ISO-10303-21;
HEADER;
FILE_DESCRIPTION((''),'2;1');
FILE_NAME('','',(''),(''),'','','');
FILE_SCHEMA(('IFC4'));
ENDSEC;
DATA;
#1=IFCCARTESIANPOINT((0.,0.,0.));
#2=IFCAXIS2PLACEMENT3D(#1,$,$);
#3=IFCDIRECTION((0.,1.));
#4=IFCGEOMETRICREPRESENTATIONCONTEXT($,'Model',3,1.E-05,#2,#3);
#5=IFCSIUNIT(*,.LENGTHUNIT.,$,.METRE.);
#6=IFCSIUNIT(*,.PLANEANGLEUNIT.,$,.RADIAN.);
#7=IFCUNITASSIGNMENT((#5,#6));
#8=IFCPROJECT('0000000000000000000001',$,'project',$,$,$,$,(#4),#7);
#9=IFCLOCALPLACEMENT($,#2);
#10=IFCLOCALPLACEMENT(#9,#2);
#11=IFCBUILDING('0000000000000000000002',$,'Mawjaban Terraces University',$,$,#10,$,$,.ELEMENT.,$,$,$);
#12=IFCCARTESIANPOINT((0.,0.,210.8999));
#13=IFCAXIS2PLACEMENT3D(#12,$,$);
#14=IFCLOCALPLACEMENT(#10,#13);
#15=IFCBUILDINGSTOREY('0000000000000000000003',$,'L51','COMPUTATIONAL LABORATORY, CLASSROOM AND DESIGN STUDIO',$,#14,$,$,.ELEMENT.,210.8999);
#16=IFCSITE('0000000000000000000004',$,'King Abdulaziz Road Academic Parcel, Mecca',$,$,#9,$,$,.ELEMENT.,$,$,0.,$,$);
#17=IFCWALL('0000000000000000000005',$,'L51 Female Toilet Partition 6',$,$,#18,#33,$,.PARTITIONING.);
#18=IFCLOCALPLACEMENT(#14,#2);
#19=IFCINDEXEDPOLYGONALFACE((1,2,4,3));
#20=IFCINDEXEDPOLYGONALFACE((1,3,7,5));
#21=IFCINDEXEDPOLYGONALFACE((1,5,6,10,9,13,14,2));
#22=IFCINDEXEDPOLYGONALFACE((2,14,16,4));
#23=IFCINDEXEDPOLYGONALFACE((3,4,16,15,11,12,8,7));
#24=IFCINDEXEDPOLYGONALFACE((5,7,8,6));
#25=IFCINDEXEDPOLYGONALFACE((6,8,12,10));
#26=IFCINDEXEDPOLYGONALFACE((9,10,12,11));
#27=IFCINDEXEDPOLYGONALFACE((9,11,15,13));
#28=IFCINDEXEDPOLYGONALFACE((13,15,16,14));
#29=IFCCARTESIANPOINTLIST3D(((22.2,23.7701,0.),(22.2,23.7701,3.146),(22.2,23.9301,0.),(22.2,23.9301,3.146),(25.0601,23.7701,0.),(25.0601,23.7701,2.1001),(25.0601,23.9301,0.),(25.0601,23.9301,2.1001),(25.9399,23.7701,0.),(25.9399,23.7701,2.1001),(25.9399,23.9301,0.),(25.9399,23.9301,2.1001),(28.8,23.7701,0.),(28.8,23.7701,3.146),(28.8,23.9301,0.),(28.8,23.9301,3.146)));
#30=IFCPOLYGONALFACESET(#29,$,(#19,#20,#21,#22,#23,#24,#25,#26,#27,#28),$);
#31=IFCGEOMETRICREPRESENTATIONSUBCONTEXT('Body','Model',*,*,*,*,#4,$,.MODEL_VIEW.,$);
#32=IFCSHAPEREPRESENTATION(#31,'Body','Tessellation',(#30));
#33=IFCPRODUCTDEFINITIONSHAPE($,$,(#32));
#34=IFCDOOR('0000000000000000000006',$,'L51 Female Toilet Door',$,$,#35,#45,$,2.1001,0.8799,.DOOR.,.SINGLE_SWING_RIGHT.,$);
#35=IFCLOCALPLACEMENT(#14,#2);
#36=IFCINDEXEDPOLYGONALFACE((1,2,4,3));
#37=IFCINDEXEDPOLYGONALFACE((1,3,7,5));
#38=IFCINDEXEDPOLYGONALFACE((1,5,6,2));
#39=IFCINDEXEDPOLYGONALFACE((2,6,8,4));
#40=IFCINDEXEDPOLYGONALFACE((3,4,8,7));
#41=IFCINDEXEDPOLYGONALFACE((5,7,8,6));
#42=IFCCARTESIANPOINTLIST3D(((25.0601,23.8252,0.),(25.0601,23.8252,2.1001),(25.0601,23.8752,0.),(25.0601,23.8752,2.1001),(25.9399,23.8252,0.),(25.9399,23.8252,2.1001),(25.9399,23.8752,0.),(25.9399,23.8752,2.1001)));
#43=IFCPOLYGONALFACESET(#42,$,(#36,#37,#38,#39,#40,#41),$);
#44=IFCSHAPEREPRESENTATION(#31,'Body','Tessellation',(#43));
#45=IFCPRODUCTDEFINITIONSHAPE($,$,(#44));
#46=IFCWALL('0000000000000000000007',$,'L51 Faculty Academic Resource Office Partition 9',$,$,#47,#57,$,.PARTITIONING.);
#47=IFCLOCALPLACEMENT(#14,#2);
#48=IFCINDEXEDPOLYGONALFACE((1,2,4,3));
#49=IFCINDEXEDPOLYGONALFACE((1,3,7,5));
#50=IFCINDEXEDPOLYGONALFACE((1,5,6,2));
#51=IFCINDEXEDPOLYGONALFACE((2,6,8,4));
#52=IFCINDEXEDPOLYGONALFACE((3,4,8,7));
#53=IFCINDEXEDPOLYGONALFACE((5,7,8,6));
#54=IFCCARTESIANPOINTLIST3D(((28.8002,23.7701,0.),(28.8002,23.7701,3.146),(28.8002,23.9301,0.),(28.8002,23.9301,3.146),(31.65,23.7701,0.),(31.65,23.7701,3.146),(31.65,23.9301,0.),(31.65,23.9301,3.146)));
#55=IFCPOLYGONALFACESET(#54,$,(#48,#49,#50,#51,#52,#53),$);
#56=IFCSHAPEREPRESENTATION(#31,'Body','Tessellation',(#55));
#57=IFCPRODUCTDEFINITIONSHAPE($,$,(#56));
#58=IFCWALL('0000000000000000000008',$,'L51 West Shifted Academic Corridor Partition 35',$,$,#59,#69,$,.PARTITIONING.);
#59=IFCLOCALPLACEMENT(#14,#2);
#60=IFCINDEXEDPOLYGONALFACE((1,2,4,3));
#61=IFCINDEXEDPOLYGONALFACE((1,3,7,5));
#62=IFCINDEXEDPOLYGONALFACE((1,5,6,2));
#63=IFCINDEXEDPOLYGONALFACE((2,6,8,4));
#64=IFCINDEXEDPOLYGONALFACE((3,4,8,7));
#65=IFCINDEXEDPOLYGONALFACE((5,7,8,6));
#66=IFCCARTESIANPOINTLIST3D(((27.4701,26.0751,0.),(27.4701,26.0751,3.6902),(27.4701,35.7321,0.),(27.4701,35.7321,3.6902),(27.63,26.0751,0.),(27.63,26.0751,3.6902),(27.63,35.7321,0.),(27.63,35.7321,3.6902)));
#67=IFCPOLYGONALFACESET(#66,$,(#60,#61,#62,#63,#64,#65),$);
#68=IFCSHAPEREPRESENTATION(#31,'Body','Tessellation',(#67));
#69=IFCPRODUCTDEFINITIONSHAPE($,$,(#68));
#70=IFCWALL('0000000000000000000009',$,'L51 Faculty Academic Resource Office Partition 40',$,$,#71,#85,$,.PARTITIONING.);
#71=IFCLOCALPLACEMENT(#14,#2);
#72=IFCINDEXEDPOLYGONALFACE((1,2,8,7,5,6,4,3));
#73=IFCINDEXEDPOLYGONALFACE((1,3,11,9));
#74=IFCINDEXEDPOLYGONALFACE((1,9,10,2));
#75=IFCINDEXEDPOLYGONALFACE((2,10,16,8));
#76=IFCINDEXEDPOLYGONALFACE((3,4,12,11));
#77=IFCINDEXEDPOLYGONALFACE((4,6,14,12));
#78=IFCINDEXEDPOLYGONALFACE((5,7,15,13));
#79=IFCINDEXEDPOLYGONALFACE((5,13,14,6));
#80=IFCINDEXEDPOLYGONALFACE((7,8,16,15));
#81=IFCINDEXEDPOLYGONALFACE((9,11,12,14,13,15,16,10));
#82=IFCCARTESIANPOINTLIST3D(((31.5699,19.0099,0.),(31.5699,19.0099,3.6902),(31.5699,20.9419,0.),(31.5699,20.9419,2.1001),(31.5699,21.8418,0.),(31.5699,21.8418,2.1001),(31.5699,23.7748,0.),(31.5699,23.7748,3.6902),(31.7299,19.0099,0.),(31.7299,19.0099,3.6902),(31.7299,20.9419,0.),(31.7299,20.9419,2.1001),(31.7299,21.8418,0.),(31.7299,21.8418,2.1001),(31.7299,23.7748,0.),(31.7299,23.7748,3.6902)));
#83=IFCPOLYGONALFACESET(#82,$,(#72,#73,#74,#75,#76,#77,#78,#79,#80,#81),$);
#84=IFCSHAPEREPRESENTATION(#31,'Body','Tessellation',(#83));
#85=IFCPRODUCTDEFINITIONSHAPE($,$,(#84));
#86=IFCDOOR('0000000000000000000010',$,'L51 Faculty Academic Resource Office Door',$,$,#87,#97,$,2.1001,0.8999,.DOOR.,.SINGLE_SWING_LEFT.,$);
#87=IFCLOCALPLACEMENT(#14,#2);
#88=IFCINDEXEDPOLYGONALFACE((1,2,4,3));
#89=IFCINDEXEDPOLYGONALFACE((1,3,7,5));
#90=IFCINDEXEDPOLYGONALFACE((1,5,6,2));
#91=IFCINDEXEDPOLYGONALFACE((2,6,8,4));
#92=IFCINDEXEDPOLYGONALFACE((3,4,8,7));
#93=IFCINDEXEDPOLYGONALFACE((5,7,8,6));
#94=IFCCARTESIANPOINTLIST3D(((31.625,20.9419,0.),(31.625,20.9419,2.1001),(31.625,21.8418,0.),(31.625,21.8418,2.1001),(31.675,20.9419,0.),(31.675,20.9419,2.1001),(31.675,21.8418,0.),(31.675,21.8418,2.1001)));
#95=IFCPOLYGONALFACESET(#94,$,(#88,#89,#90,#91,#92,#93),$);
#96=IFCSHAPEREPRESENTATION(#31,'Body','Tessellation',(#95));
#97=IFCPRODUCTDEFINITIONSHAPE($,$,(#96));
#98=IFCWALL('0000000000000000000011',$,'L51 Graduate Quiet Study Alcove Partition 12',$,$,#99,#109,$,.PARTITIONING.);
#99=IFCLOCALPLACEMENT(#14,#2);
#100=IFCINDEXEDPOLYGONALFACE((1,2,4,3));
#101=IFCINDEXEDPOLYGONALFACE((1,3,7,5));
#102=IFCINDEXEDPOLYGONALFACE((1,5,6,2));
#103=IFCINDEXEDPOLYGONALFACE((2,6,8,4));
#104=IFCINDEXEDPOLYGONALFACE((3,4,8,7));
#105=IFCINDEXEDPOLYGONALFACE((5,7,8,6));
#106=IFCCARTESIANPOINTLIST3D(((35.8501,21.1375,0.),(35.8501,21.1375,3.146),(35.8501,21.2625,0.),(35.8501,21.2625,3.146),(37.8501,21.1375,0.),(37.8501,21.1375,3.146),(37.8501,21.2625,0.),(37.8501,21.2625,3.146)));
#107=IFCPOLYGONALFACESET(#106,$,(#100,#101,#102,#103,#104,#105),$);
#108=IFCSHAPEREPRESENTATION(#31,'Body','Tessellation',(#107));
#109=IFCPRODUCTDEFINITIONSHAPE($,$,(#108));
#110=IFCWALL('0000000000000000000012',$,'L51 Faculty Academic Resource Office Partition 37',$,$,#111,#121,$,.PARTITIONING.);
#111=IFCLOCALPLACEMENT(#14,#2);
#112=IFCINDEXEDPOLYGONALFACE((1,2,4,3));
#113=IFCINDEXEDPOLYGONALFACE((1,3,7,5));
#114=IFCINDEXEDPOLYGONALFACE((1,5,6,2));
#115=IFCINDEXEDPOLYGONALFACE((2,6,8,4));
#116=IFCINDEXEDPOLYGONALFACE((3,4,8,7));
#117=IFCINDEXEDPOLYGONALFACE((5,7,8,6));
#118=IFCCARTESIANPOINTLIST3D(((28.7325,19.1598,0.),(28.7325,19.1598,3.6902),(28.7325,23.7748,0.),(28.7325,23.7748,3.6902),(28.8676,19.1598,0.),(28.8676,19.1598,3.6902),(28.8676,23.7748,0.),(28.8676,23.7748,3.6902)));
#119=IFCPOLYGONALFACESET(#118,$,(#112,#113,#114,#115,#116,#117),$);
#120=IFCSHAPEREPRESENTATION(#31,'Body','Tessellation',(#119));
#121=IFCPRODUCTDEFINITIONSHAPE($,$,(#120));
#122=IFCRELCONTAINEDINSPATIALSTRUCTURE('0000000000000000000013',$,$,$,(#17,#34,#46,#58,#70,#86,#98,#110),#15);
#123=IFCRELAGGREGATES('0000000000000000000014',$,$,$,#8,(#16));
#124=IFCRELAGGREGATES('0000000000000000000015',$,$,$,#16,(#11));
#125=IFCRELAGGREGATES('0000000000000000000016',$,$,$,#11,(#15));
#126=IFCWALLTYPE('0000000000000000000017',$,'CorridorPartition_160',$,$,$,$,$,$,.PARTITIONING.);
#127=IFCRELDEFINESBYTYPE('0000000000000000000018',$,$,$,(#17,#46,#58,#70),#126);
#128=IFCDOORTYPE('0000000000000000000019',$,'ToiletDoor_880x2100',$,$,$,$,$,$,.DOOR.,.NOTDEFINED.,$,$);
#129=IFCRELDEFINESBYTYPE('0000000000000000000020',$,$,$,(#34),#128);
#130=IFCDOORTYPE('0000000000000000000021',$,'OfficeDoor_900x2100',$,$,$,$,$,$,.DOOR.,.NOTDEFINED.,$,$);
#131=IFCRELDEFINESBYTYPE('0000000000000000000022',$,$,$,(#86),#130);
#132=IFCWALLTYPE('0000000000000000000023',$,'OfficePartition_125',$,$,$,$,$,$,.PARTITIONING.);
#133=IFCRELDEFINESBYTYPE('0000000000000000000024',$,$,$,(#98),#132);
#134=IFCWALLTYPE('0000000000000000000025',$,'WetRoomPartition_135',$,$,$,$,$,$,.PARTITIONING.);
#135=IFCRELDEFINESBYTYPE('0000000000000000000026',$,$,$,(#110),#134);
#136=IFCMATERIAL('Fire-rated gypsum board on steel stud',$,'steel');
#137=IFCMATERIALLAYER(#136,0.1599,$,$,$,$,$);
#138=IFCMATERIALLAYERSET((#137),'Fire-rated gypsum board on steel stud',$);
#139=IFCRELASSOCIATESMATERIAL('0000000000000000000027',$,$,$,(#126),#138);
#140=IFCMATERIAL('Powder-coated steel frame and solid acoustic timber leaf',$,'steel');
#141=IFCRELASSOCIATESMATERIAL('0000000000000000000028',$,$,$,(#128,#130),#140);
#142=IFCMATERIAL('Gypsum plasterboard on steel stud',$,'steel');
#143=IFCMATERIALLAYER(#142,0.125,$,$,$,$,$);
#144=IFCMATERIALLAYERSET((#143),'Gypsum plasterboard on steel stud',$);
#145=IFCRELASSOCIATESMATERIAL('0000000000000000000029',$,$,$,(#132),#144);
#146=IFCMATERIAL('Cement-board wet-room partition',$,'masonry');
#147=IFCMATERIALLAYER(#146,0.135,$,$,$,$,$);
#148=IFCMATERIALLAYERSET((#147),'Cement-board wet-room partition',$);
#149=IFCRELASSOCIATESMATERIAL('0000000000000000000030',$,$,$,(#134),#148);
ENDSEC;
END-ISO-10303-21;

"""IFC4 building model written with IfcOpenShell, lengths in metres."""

from ifc_helpers import new_model, si_unit, direction, frame, frame_2d, origin, place, context, subcontext, project, spatial, rectangle, extrude, material, layer, layer_set, type_object, element, fill, save


model = new_model("IFC4")

# Units and contexts
model_context = context("Model", 3, precision=1e-05, world=origin(), true_north=direction((0.0, 1.0)))
body_context = subcontext(model_context, "Body", "Model", "MODEL_VIEW")
ifc_project = project(units=[si_unit("LENGTHUNIT", "METRE"), si_unit("PLANEANGLEUNIT", "RADIAN")], contexts=[model_context])

# Site, building, storey
site_placement = place(None, origin())
site = spatial("IfcSite", under=ifc_project, at=site_placement, Name="King Abdulaziz Road Academic Parcel, Mecca", CompositionType="ELEMENT", RefElevation=0.0)
building_placement = place(site_placement, origin())
building = spatial("IfcBuilding", under=site, at=building_placement, Name="Mawjaban Terraces University", CompositionType="ELEMENT")
storey_placement = place(building_placement, frame((0.0, 0.0, 210.8999)))
storey = spatial("IfcBuildingStorey", under=building, at=storey_placement, Name="L51", Description="COMPUTATIONAL LABORATORY, CLASSROOM AND DESIGN STUDIO", CompositionType="ELEMENT", Elevation=210.8999)

# Shared definitions
ifc_material_1 = material(Name="Fire-rated gypsum board on steel stud", Category="steel")
ifc_layer_1 = layer(ifc_material_1, 0.1599)
ifc_layer_set_1 = layer_set([ifc_layer_1], Name="Fire-rated gypsum board on steel stud")
wall_type_1 = type_object("IfcWallType", Name="CorridorPartition_160", PredefinedType="PARTITIONING", material=ifc_layer_set_1)

# Wall, opening, door
wall_1_placement = place(storey_placement, frame((28.8, 23.8501, 0.0), z_axis=(0.0, 0.0, 1.0), x_axis=(-1.0, 0.0, 0.0)))
wall_1 = element("IfcWall", 1, at=wall_1_placement, inside=storey, type_object=wall_type_1, Name="L51 Female Toilet Partition 6", PredefinedType="PARTITIONING", context=body_context, shape_type="SweptSolid", body=[
    extrude(rectangle(XDim=6.6001, YDim=0.1599, at=frame_2d((3.3, 0.0))), origin(), (0.0, 0.0, 1.0), 3.146),
])
opening_1_placement = place(wall_1_placement, frame((2.8601, 0.0, 0.0)))
opening_1 = element("IfcOpeningElement", 2, at=opening_1_placement, cuts=wall_1, PredefinedType="OPENING", context=body_context, shape_type="SweptSolid", body=[
    extrude(rectangle(XDim=0.8799, YDim=2.1001, at=frame_2d((0.4399, 1.05))), frame((0.0, 0.0898, 0.0), z_axis=(0.0, -1.0, 0.0), x_axis=(1.0, 0.0, 0.0)), (0.0, 0.0, 1.0), 0.1799),
])
ifc_material_2 = material(Name="Powder-coated steel frame and solid acoustic timber leaf", Category="steel")
door_type_1 = type_object("IfcDoorType", Name="ToiletDoor_880x2100", OperationType="NOTDEFINED", PredefinedType="DOOR", material=ifc_material_2)
door_1_placement = place(opening_1_placement, origin())
door_1 = element("IfcDoor", 3, at=door_1_placement, inside=storey, type_object=door_type_1, Name="L51 Female Toilet Door", OperationType="SINGLE_SWING_RIGHT", OverallHeight=2.1001, OverallWidth=0.8799, PredefinedType="DOOR", context=body_context, shape_type="SweptSolid", body=[
    extrude(rectangle(XDim=0.8799, YDim=2.1001, at=frame_2d((0.4399, 1.05))), frame((0.0, 0.0249, 0.0), z_axis=(0.0, -1.0, 0.0), x_axis=(1.0, 0.0, 0.0)), (0.0, 0.0, 1.0), 0.05),
])
fill(opening_1, door_1)

# Walls
wall_2_placement = place(storey_placement, frame((31.6499, 23.8501, 0.0), z_axis=(0.0, 0.0, 1.0), x_axis=(-1.0, 0.0, 0.0)))
element("IfcWall", 4, at=wall_2_placement, inside=storey, type_object=wall_type_1, Name="L51 Faculty Academic Resource Office Partition 9", PredefinedType="PARTITIONING", context=body_context, shape_type="SweptSolid", body=[
    extrude(rectangle(XDim=2.8499, YDim=0.1599, at=frame_2d((1.4248, 0.0))), origin(), (0.0, 0.0, 1.0), 3.146),
])
wall_3_placement = place(storey_placement, frame((27.55, 26.075, 0.0), z_axis=(0.0, 0.0, 1.0), x_axis=(0.0, 1.0, 0.0)))
element("IfcWall", 5, at=wall_3_placement, inside=storey, type_object=wall_type_1, Name="L51 West Shifted Academic Corridor Partition 35", PredefinedType="PARTITIONING", context=body_context, shape_type="SweptSolid", body=[
    extrude(rectangle(XDim=9.657, YDim=0.1599, at=frame_2d((4.8286, 0.0))), origin(), (0.0, 0.0, 1.0), 3.6902),
])

# Wall, opening, door
wall_4_placement = place(storey_placement, frame((31.6499, 19.01, 0.0), z_axis=(0.0, 0.0, 1.0), x_axis=(0.0, 1.0, 0.0)))
wall_4 = element("IfcWall", 6, at=wall_4_placement, inside=storey, type_object=wall_type_1, Name="L51 Faculty Academic Resource Office Partition 40", PredefinedType="PARTITIONING", context=body_context, shape_type="SweptSolid", body=[
    extrude(rectangle(XDim=4.7649, YDim=0.1599, at=frame_2d((2.3823, 0.0))), origin(), (0.0, 0.0, 1.0), 3.6902),
])
opening_2_placement = place(wall_4_placement, frame((1.9319, 0.0, 0.0)))
opening_2 = element("IfcOpeningElement", 7, at=opening_2_placement, cuts=wall_4, PredefinedType="OPENING", context=body_context, shape_type="SweptSolid", body=[
    extrude(rectangle(XDim=0.8999, YDim=2.1001, at=frame_2d((0.45, 1.05))), frame((0.0, 0.0898, 0.0), z_axis=(0.0, -1.0, 0.0), x_axis=(1.0, 0.0, 0.0)), (0.0, 0.0, 1.0), 0.1799),
])
door_type_2 = type_object("IfcDoorType", Name="OfficeDoor_900x2100", OperationType="NOTDEFINED", PredefinedType="DOOR", material=ifc_material_2)
door_2_placement = place(opening_2_placement, origin())
door_2 = element("IfcDoor", 8, at=door_2_placement, inside=storey, type_object=door_type_2, Name="L51 Faculty Academic Resource Office Door", OperationType="SINGLE_SWING_LEFT", OverallHeight=2.1001, OverallWidth=0.8999, PredefinedType="DOOR", context=body_context, shape_type="SweptSolid", body=[
    extrude(rectangle(XDim=0.8999, YDim=2.1001, at=frame_2d((0.45, 1.05))), frame((0.0, 0.0249, 0.0), z_axis=(0.0, -1.0, 0.0), x_axis=(1.0, 0.0, 0.0)), (0.0, 0.0, 1.0), 0.05),
])
fill(opening_2, door_2)

# Walls
ifc_material_3 = material(Name="Gypsum plasterboard on steel stud", Category="steel")
ifc_layer_2 = layer(ifc_material_3, 0.125)
ifc_layer_set_2 = layer_set([ifc_layer_2], Name="Gypsum plasterboard on steel stud")
wall_type_2 = type_object("IfcWallType", Name="OfficePartition_125", PredefinedType="PARTITIONING", material=ifc_layer_set_2)
wall_5_placement = place(storey_placement, frame((35.8501, 21.2, 0.0), z_axis=(0.0, 0.0, 1.0), x_axis=(1.0, 0.0, 0.0)))
element("IfcWall", 9, at=wall_5_placement, inside=storey, type_object=wall_type_2, Name="L51 Graduate Quiet Study Alcove Partition 12", PredefinedType="PARTITIONING", context=body_context, shape_type="SweptSolid", body=[
    extrude(rectangle(XDim=2.0, YDim=0.125, at=frame_2d((1.0, 0.0))), origin(), (0.0, 0.0, 1.0), 3.146),
])
ifc_material_4 = material(Name="Cement-board wet-room partition", Category="masonry")
ifc_layer_3 = layer(ifc_material_4, 0.135)
ifc_layer_set_3 = layer_set([ifc_layer_3], Name="Cement-board wet-room partition")
wall_type_3 = type_object("IfcWallType", Name="WetRoomPartition_135", PredefinedType="PARTITIONING", material=ifc_layer_set_3)
wall_6_placement = place(storey_placement, frame((28.8, 23.7749, 0.0), z_axis=(0.0, 0.0, 1.0), x_axis=(0.0, -1.0, 0.0)))
element("IfcWall", 10, at=wall_6_placement, inside=storey, type_object=wall_type_3, Name="L51 Faculty Academic Resource Office Partition 37", PredefinedType="PARTITIONING", context=body_context, shape_type="SweptSolid", body=[
    extrude(rectangle(XDim=4.615, YDim=0.135, at=frame_2d((2.3076, 0.0))), origin(), (0.0, 0.0, 1.0), 3.6902),
])

save(model, "model.ifc")
